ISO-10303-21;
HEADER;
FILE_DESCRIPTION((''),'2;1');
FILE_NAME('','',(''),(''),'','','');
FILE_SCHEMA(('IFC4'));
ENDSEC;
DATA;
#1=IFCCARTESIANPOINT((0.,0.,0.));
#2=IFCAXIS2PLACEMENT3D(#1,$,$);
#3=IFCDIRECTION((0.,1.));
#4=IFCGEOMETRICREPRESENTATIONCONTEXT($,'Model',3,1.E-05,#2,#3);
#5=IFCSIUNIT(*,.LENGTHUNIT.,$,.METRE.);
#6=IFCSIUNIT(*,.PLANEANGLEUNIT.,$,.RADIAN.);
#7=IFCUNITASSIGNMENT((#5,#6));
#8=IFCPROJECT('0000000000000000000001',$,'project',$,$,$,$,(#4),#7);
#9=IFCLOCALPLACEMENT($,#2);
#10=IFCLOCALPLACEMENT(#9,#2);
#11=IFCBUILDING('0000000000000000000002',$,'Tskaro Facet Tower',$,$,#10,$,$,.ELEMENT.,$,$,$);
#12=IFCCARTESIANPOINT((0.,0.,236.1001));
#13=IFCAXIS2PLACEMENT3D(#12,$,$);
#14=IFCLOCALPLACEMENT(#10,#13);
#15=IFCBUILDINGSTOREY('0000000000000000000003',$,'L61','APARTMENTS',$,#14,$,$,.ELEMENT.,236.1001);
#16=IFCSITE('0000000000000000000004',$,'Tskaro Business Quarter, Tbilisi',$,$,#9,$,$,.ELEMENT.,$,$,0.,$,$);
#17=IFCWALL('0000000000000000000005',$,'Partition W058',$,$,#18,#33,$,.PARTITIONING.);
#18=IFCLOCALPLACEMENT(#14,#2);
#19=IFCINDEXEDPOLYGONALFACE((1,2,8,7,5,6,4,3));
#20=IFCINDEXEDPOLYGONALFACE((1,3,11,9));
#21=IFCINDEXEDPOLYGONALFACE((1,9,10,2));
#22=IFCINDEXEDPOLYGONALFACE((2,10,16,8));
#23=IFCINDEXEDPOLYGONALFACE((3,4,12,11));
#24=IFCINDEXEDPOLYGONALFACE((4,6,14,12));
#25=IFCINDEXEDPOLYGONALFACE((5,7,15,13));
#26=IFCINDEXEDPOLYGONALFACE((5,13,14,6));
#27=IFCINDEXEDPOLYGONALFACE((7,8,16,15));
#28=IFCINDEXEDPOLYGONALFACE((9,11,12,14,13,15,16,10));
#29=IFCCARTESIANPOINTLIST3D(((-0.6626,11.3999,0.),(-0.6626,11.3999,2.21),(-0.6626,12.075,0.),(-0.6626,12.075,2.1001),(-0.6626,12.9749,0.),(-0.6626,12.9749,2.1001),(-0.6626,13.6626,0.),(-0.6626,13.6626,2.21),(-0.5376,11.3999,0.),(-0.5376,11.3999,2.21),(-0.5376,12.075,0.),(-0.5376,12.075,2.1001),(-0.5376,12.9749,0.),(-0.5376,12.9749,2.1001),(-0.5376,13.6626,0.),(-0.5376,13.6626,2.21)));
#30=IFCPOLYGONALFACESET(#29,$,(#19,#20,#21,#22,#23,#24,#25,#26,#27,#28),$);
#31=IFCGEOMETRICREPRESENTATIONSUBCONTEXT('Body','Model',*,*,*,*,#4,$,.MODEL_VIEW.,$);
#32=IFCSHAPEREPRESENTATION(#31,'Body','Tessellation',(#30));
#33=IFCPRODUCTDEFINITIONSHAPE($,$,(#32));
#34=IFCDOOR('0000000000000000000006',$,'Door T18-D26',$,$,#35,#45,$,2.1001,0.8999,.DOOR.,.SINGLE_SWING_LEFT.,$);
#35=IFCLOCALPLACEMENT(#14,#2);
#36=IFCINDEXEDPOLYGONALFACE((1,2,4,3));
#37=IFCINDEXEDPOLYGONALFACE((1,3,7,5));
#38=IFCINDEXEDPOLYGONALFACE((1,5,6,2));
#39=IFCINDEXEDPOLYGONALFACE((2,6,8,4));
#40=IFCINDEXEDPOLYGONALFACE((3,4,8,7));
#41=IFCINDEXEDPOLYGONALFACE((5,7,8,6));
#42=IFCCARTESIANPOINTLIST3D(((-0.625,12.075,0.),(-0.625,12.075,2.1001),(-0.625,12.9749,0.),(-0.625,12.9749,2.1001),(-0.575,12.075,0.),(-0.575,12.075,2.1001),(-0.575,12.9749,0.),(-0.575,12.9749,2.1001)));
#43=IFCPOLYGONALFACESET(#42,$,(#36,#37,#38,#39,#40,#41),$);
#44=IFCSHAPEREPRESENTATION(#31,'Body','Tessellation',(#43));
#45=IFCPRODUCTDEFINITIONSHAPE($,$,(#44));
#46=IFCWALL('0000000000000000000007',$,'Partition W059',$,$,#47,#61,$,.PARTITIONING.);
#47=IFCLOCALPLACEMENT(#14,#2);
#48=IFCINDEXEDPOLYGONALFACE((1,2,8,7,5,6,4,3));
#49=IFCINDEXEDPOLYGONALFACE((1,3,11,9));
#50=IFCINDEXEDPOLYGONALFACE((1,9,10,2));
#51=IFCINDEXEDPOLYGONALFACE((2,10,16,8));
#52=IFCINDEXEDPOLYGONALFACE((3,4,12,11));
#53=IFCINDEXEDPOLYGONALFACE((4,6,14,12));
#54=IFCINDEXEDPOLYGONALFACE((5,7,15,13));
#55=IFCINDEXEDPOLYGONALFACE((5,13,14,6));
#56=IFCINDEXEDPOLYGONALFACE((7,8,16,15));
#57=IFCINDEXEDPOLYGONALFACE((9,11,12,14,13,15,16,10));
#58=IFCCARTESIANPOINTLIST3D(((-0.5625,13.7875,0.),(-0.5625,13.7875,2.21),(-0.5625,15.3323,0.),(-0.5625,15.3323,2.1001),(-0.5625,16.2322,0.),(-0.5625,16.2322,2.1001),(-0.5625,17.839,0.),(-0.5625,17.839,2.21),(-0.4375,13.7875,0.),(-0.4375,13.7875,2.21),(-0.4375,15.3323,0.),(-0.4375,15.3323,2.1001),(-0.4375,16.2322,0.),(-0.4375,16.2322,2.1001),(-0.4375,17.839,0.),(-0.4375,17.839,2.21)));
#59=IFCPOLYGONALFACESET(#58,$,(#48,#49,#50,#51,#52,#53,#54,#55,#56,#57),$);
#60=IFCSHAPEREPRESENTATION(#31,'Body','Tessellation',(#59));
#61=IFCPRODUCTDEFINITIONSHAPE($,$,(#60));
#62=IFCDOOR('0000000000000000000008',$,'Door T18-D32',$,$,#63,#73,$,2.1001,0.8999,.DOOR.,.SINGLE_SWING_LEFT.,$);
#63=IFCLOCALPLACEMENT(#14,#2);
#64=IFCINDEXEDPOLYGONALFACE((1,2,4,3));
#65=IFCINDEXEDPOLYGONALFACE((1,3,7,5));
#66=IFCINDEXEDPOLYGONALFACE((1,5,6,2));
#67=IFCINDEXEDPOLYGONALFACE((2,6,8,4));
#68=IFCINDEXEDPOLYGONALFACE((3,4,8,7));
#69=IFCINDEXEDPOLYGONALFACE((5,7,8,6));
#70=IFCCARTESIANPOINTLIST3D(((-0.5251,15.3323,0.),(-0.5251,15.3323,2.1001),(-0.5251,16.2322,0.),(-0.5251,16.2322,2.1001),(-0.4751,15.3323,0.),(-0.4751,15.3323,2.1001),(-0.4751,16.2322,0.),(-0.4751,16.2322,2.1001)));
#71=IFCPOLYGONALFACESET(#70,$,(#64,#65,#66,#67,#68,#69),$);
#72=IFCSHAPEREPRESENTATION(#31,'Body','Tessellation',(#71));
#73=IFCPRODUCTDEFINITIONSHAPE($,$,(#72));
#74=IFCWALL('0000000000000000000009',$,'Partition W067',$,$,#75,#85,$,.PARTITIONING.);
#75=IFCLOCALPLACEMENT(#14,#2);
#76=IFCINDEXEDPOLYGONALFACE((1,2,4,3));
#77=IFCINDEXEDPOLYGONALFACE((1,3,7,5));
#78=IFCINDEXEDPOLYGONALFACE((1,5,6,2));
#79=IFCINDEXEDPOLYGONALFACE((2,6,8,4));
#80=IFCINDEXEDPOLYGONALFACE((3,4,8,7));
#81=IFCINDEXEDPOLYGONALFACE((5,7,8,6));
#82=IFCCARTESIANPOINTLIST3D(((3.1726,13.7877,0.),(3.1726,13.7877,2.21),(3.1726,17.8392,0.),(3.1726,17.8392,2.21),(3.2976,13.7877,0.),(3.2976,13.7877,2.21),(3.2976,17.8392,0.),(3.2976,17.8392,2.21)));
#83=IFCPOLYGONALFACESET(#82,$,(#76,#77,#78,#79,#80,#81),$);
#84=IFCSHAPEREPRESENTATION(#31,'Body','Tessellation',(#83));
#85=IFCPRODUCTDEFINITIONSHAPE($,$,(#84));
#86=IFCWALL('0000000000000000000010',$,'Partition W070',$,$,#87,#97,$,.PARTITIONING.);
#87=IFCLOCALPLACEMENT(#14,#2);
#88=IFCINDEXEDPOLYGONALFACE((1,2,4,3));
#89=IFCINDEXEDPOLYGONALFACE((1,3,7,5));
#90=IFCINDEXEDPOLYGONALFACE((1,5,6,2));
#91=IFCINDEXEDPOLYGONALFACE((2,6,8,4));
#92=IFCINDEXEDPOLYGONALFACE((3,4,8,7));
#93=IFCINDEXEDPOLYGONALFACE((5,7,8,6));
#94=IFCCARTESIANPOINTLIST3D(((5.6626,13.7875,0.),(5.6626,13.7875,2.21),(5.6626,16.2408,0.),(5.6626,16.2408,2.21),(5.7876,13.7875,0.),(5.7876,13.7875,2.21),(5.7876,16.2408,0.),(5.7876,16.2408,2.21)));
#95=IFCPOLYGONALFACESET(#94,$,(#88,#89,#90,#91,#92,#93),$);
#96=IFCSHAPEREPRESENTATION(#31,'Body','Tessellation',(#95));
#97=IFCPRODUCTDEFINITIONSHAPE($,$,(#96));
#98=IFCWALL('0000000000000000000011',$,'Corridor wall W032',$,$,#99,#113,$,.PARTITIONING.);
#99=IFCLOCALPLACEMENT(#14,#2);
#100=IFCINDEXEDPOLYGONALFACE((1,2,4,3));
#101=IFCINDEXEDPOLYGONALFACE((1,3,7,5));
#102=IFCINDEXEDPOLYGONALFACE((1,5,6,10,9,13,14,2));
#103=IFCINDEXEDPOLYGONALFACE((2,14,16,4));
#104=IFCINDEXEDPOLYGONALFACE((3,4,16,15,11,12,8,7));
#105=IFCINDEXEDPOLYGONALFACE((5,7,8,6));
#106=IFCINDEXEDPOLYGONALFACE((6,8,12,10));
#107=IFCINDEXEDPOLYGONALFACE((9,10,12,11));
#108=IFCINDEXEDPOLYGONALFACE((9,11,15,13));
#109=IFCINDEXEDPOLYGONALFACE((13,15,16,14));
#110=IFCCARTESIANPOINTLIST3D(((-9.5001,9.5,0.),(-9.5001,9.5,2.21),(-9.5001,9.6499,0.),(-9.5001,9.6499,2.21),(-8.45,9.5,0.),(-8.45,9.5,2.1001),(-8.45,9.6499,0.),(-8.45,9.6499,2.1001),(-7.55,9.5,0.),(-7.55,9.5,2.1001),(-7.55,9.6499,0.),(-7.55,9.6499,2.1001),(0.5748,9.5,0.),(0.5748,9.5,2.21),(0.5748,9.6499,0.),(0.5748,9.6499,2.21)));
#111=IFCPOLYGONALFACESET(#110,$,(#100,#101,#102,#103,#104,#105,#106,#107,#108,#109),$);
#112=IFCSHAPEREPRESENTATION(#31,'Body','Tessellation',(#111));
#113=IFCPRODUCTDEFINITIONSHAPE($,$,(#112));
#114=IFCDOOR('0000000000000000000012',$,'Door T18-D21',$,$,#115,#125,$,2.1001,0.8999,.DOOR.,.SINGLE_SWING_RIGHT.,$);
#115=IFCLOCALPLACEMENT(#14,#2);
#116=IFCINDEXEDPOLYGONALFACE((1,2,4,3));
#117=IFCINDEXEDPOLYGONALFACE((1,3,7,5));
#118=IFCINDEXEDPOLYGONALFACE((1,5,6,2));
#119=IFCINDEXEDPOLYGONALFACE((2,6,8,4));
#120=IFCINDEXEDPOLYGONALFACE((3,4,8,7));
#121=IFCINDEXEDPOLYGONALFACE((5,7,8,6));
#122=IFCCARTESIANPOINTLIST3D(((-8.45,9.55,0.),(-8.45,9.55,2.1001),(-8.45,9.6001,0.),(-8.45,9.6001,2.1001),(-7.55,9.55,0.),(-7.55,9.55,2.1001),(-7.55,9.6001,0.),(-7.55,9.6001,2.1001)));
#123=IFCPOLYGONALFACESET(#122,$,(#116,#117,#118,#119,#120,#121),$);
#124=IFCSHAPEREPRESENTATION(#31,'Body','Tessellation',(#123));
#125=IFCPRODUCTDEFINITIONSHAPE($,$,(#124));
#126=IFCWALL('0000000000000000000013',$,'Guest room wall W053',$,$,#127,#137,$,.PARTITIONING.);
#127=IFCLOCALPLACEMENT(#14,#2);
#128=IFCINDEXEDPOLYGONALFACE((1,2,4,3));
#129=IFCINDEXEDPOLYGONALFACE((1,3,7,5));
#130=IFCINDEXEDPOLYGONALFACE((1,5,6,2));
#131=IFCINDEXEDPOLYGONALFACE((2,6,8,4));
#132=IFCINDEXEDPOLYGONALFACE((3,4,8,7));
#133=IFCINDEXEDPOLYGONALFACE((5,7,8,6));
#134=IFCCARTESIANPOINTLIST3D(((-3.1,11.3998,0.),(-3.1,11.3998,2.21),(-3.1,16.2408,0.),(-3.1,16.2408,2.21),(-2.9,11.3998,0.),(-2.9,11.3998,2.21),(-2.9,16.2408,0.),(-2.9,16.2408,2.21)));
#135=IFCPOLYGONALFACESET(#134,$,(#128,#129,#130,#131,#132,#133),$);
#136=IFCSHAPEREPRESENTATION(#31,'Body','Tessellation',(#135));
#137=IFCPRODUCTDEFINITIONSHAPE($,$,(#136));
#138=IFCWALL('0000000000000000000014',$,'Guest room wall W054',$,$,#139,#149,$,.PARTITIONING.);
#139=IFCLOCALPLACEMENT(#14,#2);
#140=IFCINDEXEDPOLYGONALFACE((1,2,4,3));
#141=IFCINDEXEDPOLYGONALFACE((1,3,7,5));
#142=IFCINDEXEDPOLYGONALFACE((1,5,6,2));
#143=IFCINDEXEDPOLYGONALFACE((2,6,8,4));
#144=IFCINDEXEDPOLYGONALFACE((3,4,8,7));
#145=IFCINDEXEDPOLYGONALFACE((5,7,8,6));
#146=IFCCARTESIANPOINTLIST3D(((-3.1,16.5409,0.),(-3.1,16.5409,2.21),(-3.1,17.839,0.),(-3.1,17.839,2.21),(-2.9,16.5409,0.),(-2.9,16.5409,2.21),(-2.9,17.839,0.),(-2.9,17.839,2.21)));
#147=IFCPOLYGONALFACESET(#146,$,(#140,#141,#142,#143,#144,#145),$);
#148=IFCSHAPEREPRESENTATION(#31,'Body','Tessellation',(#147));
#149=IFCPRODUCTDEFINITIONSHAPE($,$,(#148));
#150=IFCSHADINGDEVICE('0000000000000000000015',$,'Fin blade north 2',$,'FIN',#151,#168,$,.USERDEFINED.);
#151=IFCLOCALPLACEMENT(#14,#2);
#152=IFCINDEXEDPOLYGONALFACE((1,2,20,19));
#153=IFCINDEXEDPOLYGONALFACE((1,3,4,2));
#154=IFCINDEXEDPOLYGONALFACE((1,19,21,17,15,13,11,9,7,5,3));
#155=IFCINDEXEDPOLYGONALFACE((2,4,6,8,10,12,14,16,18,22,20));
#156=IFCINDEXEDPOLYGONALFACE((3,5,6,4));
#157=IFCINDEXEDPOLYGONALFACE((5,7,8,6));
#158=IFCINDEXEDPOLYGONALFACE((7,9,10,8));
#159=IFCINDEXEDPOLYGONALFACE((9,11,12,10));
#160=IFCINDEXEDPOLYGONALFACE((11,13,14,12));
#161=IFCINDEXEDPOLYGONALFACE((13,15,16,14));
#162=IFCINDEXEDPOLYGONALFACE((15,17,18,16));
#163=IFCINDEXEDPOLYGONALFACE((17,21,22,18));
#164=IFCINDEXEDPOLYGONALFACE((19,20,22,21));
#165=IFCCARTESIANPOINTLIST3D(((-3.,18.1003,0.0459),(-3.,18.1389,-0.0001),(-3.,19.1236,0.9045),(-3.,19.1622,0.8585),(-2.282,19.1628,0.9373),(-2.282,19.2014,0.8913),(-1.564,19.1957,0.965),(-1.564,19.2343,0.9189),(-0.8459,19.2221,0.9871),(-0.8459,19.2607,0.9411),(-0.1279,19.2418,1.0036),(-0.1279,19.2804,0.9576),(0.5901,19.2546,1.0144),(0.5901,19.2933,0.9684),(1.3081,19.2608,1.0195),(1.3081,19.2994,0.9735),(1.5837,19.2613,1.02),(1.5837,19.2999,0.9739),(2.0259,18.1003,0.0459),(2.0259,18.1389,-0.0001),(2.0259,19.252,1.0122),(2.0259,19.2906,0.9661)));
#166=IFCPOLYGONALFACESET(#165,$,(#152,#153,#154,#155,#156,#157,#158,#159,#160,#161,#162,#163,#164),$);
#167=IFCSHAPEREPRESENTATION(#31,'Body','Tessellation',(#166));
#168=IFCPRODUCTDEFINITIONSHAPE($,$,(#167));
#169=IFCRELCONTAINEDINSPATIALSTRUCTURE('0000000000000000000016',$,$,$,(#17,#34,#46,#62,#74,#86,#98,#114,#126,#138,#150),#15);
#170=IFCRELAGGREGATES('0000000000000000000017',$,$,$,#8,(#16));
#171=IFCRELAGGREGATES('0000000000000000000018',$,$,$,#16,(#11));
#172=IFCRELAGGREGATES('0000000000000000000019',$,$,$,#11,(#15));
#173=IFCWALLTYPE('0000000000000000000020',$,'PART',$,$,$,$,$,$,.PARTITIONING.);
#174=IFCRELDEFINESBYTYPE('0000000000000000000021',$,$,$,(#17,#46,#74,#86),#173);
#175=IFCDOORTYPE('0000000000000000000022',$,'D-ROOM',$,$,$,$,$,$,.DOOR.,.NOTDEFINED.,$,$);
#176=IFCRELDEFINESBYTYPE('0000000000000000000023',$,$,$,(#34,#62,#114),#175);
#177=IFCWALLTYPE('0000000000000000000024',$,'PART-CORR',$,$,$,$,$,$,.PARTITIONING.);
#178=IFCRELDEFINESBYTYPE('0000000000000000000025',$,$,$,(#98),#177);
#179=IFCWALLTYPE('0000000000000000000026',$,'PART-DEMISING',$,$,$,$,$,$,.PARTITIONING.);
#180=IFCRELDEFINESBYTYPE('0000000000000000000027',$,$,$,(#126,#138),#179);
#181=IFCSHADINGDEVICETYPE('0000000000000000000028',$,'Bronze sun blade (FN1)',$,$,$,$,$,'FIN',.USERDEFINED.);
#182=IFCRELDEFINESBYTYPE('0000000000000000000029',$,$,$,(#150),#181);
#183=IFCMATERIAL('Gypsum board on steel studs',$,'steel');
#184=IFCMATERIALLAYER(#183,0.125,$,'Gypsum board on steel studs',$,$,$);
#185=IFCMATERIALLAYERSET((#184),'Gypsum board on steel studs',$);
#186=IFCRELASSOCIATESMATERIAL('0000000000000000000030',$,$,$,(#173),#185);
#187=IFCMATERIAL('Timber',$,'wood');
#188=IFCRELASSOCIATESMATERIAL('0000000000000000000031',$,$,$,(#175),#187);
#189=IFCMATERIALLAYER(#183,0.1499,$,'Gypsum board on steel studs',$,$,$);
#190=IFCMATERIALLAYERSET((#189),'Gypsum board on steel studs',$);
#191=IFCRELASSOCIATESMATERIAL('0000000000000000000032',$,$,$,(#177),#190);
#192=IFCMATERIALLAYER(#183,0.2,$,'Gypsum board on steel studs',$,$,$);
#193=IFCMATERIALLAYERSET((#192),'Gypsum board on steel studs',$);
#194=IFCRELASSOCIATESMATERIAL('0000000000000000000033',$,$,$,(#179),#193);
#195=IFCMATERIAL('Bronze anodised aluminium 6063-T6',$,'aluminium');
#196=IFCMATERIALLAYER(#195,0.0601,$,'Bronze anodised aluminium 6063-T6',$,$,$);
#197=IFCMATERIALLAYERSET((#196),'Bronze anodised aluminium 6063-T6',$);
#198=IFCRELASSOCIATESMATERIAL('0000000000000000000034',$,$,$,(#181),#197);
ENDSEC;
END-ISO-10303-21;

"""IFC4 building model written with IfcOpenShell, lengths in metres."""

from ifc_helpers import new_model, si_unit, direction, frame, frame_2d, origin, place, context, subcontext, project, spatial, polyline, rectangle, outline, extrude, material, layer, layer_set, type_object, element, fill, save


model = new_model("IFC4")

# Units and contexts
model_context = context("Model", 3, precision=1e-05, world=origin(), true_north=direction((0.0, 1.0)))
body_context = subcontext(model_context, "Body", "Model", "MODEL_VIEW")
ifc_project = project(units=[si_unit("LENGTHUNIT", "METRE"), si_unit("PLANEANGLEUNIT", "RADIAN")], contexts=[model_context])

# Site, building, storey
site_placement = place(None, origin())
site = spatial("IfcSite", under=ifc_project, at=site_placement, Name="Tskaro Business Quarter, Tbilisi", CompositionType="ELEMENT", RefElevation=0.0)
building_placement = place(site_placement, origin())
building = spatial("IfcBuilding", under=site, at=building_placement, Name="Tskaro Facet Tower", CompositionType="ELEMENT")
storey_placement = place(building_placement, frame((0.0, 0.0, 236.1001)))
storey = spatial("IfcBuildingStorey", under=building, at=storey_placement, Name="L61", Description="APARTMENTS", CompositionType="ELEMENT", Elevation=236.1001)

# Shared definitions
ifc_material_1 = material(Name="Bronze anodised aluminium 6063-T6", Category="aluminium")

# Shared definitions
ifc_material_2 = material(Name="Gypsum board on steel studs", Category="steel")
ifc_layer_1 = layer(ifc_material_2, 0.125, Name="Gypsum board on steel studs")
ifc_layer_set_1 = layer_set([ifc_layer_1], Name="Gypsum board on steel studs")
wall_type_1 = type_object("IfcWallType", Name="PART", PredefinedType="PARTITIONING", material=ifc_layer_set_1)

# Shared definitions
ifc_material_3 = material(Name="Timber", Category="wood")
door_type_1 = type_object("IfcDoorType", Name="D-ROOM", OperationType="NOTDEFINED", PredefinedType="DOOR", material=ifc_material_3)

# Walls, openings, doors
wall_1_placement = place(storey_placement, frame((-0.6001, 11.3999, 0.0), z_axis=(0.0, 0.0, 1.0), x_axis=(0.0, 1.0, 0.0)))
wall_1 = element("IfcWall", 1, at=wall_1_placement, inside=storey, type_object=wall_type_1, Name="Partition W058", PredefinedType="PARTITIONING", context=body_context, shape_type="SweptSolid", body=[
    extrude(rectangle(XDim=2.2627, YDim=0.125, at=frame_2d((1.1313, 0.0))), origin(), (0.0, 0.0, 1.0), 2.21),
])
opening_1_placement = place(wall_1_placement, frame((0.675, 0.0, 0.0)))
opening_1 = element("IfcOpeningElement", 2, at=opening_1_placement, cuts=wall_1, PredefinedType="OPENING", context=body_context, shape_type="SweptSolid", body=[
    extrude(rectangle(XDim=0.8999, YDim=2.1001, at=frame_2d((0.45, 1.05))), frame((0.0, 0.0725, 0.0), z_axis=(0.0, -1.0, 0.0), x_axis=(1.0, 0.0, 0.0)), (0.0, 0.0, 1.0), 0.145),
])
door_1_placement = place(opening_1_placement, origin())
door_1 = element("IfcDoor", 3, at=door_1_placement, inside=storey, type_object=door_type_1, Name="Door T18-D26", OperationType="SINGLE_SWING_LEFT", OverallHeight=2.1001, OverallWidth=0.8999, PredefinedType="DOOR", context=body_context, shape_type="SweptSolid", body=[
    extrude(rectangle(XDim=0.8999, YDim=2.1001, at=frame_2d((0.45, 1.05))), frame((0.0, 0.0249, 0.0), z_axis=(0.0, -1.0, 0.0), x_axis=(1.0, 0.0, 0.0)), (0.0, 0.0, 1.0), 0.05),
])
fill(opening_1, door_1)
wall_2_placement = place(storey_placement, frame((-0.5, 17.8391, 0.0), z_axis=(0.0, 0.0, 1.0), x_axis=(0.0, -1.0, 0.0)))
wall_2 = element("IfcWall", 4, at=wall_2_placement, inside=storey, type_object=wall_type_1, Name="Partition W059", PredefinedType="PARTITIONING", context=body_context, shape_type="SweptSolid", body=[
    extrude(rectangle(XDim=4.0515, YDim=0.125, at=frame_2d((2.0259, 0.0))), origin(), (0.0, 0.0, 1.0), 2.21),
])
opening_2_placement = place(wall_2_placement, frame((1.6069, 0.0, 0.0)))
opening_2 = element("IfcOpeningElement", 5, at=opening_2_placement, cuts=wall_2, PredefinedType="OPENING", context=body_context, shape_type="SweptSolid", body=[
    extrude(rectangle(XDim=0.8999, YDim=2.1001, at=frame_2d((0.45, 1.05))), frame((0.0, 0.0725, 0.0), z_axis=(0.0, -1.0, 0.0), x_axis=(1.0, 0.0, 0.0)), (0.0, 0.0, 1.0), 0.145),
])
door_2_placement = place(opening_2_placement, origin())
door_2 = element("IfcDoor", 6, at=door_2_placement, inside=storey, type_object=door_type_1, Name="Door T18-D32", OperationType="SINGLE_SWING_LEFT", OverallHeight=2.1001, OverallWidth=0.8999, PredefinedType="DOOR", context=body_context, shape_type="SweptSolid", body=[
    extrude(rectangle(XDim=0.8999, YDim=2.1001, at=frame_2d((0.45, 1.05))), frame((0.0, 0.0249, 0.0), z_axis=(0.0, -1.0, 0.0), x_axis=(1.0, 0.0, 0.0)), (0.0, 0.0, 1.0), 0.05),
])
fill(opening_2, door_2)

# Walls
wall_3_placement = place(storey_placement, frame((3.2351, 13.7876, 0.0), z_axis=(0.0, 0.0, 1.0), x_axis=(0.0, 1.0, 0.0)))
element("IfcWall", 7, at=wall_3_placement, inside=storey, type_object=wall_type_1, Name="Partition W067", PredefinedType="PARTITIONING", context=body_context, shape_type="SweptSolid", body=[
    extrude(rectangle(XDim=4.0515, YDim=0.125, at=frame_2d((2.0259, 0.0))), origin(), (0.0, 0.0, 1.0), 2.21),
])
wall_4_placement = place(storey_placement, frame((5.7251, 13.7876, 0.0), z_axis=(0.0, 0.0, 1.0), x_axis=(0.0, 1.0, 0.0)))
element("IfcWall", 8, at=wall_4_placement, inside=storey, type_object=wall_type_1, Name="Partition W070", PredefinedType="PARTITIONING", context=body_context, shape_type="SweptSolid", body=[
    extrude(rectangle(XDim=2.4534, YDim=0.125, at=frame_2d((1.2266, 0.0))), origin(), (0.0, 0.0, 1.0), 2.21),
])

# Wall, opening, door
ifc_layer_2 = layer(ifc_material_2, 0.1499, Name="Gypsum board on steel studs")
ifc_layer_set_2 = layer_set([ifc_layer_2], Name="Gypsum board on steel studs")
wall_type_2 = type_object("IfcWallType", Name="PART-CORR", PredefinedType="PARTITIONING", material=ifc_layer_set_2)
wall_5_placement = place(storey_placement, frame((0.575, 9.575, 0.0), z_axis=(0.0, 0.0, 1.0), x_axis=(-1.0, 0.0, 0.0)))
wall_5 = element("IfcWall", 9, at=wall_5_placement, inside=storey, type_object=wall_type_2, Name="Corridor wall W032", PredefinedType="PARTITIONING", context=body_context, shape_type="SweptSolid", body=[
    extrude(rectangle(XDim=10.075, YDim=0.1499, at=frame_2d((5.0376, 0.0))), origin(), (0.0, 0.0, 1.0), 2.21),
])
opening_3_placement = place(wall_5_placement, frame((8.125, 0.0, 0.0)))
opening_3 = element("IfcOpeningElement", 10, at=opening_3_placement, cuts=wall_5, PredefinedType="OPENING", context=body_context, shape_type="SweptSolid", body=[
    extrude(rectangle(XDim=0.8999, YDim=2.1001, at=frame_2d((0.45, 1.05))), frame((0.0, 0.085, 0.0), z_axis=(0.0, -1.0, 0.0), x_axis=(1.0, 0.0, 0.0)), (0.0, 0.0, 1.0), 0.1699),
])
door_3_placement = place(opening_3_placement, origin())
door_3 = element("IfcDoor", 11, at=door_3_placement, inside=storey, type_object=door_type_1, Name="Door T18-D21", OperationType="SINGLE_SWING_RIGHT", OverallHeight=2.1001, OverallWidth=0.8999, PredefinedType="DOOR", context=body_context, shape_type="SweptSolid", body=[
    extrude(rectangle(XDim=0.8999, YDim=2.1001, at=frame_2d((0.45, 1.05))), frame((0.0, 0.0249, 0.0), z_axis=(0.0, -1.0, 0.0), x_axis=(1.0, 0.0, 0.0)), (0.0, 0.0, 1.0), 0.05),
])
fill(opening_3, door_3)

# Walls
ifc_layer_3 = layer(ifc_material_2, 0.2, Name="Gypsum board on steel studs")
ifc_layer_set_3 = layer_set([ifc_layer_3], Name="Gypsum board on steel studs")
wall_type_3 = type_object("IfcWallType", Name="PART-DEMISING", PredefinedType="PARTITIONING", material=ifc_layer_set_3)
wall_6_placement = place(storey_placement, frame((-3.0, 11.3999, 0.0), z_axis=(0.0, 0.0, 1.0), x_axis=(0.0, 1.0, 0.0)))
element("IfcWall", 12, at=wall_6_placement, inside=storey, type_object=wall_type_3, Name="Guest room wall W053", PredefinedType="PARTITIONING", context=body_context, shape_type="SweptSolid", body=[
    extrude(rectangle(XDim=4.8411, YDim=0.2, at=frame_2d((2.4204, 0.0))), origin(), (0.0, 0.0, 1.0), 2.21),
])
wall_7_placement = place(storey_placement, frame((-3.0, 16.541, 0.0), z_axis=(0.0, 0.0, 1.0), x_axis=(0.0, 1.0, 0.0)))
element("IfcWall", 13, at=wall_7_placement, inside=storey, type_object=wall_type_3, Name="Guest room wall W054", PredefinedType="PARTITIONING", context=body_context, shape_type="SweptSolid", body=[
    extrude(rectangle(XDim=1.2981, YDim=0.2, at=frame_2d((0.6489, 0.0))), origin(), (0.0, 0.0, 1.0), 2.21),
])

# Shading device
ifc_layer_4 = layer(ifc_material_1, 0.0601, Name="Bronze anodised aluminium 6063-T6")
ifc_layer_set_4 = layer_set([ifc_layer_4], Name="Bronze anodised aluminium 6063-T6")
shading_device_type = type_object("IfcShadingDeviceType", Name="Bronze sun blade (FN1)", ElementType="FIN", PredefinedType="USERDEFINED", material=ifc_layer_set_4)
shading_device_1_placement = place(storey_placement, frame((2.0259, 18.1003, 0.0459), z_axis=(0.000004, -0.642753, 0.766074), x_axis=(-1.0, -0.000003, 0.000003)))
element("IfcShadingDevice", 14, at=shading_device_1_placement, inside=storey, type_object=shading_device_type, Name="Fin blade north 2", ObjectType="FIN", PredefinedType="USERDEFINED", context=body_context, shape_type="SweptSolid", body=[
    extrude(outline(polyline([(0.0, 0.0), (5.0259, 0.0), (5.0259, -1.3357), (4.3079, -1.3869), (3.5898, -1.4299), (2.8718, -1.4643), (2.1538, -1.49), (1.4358, -1.5068), (0.7178, -1.5148), (0.4421, -1.5154), (0.0, -1.5033), (0.0, 0.0)])), origin(), (0.0, 0.0, -1.0), 0.0601),
])

save(model, "model.ifc")
